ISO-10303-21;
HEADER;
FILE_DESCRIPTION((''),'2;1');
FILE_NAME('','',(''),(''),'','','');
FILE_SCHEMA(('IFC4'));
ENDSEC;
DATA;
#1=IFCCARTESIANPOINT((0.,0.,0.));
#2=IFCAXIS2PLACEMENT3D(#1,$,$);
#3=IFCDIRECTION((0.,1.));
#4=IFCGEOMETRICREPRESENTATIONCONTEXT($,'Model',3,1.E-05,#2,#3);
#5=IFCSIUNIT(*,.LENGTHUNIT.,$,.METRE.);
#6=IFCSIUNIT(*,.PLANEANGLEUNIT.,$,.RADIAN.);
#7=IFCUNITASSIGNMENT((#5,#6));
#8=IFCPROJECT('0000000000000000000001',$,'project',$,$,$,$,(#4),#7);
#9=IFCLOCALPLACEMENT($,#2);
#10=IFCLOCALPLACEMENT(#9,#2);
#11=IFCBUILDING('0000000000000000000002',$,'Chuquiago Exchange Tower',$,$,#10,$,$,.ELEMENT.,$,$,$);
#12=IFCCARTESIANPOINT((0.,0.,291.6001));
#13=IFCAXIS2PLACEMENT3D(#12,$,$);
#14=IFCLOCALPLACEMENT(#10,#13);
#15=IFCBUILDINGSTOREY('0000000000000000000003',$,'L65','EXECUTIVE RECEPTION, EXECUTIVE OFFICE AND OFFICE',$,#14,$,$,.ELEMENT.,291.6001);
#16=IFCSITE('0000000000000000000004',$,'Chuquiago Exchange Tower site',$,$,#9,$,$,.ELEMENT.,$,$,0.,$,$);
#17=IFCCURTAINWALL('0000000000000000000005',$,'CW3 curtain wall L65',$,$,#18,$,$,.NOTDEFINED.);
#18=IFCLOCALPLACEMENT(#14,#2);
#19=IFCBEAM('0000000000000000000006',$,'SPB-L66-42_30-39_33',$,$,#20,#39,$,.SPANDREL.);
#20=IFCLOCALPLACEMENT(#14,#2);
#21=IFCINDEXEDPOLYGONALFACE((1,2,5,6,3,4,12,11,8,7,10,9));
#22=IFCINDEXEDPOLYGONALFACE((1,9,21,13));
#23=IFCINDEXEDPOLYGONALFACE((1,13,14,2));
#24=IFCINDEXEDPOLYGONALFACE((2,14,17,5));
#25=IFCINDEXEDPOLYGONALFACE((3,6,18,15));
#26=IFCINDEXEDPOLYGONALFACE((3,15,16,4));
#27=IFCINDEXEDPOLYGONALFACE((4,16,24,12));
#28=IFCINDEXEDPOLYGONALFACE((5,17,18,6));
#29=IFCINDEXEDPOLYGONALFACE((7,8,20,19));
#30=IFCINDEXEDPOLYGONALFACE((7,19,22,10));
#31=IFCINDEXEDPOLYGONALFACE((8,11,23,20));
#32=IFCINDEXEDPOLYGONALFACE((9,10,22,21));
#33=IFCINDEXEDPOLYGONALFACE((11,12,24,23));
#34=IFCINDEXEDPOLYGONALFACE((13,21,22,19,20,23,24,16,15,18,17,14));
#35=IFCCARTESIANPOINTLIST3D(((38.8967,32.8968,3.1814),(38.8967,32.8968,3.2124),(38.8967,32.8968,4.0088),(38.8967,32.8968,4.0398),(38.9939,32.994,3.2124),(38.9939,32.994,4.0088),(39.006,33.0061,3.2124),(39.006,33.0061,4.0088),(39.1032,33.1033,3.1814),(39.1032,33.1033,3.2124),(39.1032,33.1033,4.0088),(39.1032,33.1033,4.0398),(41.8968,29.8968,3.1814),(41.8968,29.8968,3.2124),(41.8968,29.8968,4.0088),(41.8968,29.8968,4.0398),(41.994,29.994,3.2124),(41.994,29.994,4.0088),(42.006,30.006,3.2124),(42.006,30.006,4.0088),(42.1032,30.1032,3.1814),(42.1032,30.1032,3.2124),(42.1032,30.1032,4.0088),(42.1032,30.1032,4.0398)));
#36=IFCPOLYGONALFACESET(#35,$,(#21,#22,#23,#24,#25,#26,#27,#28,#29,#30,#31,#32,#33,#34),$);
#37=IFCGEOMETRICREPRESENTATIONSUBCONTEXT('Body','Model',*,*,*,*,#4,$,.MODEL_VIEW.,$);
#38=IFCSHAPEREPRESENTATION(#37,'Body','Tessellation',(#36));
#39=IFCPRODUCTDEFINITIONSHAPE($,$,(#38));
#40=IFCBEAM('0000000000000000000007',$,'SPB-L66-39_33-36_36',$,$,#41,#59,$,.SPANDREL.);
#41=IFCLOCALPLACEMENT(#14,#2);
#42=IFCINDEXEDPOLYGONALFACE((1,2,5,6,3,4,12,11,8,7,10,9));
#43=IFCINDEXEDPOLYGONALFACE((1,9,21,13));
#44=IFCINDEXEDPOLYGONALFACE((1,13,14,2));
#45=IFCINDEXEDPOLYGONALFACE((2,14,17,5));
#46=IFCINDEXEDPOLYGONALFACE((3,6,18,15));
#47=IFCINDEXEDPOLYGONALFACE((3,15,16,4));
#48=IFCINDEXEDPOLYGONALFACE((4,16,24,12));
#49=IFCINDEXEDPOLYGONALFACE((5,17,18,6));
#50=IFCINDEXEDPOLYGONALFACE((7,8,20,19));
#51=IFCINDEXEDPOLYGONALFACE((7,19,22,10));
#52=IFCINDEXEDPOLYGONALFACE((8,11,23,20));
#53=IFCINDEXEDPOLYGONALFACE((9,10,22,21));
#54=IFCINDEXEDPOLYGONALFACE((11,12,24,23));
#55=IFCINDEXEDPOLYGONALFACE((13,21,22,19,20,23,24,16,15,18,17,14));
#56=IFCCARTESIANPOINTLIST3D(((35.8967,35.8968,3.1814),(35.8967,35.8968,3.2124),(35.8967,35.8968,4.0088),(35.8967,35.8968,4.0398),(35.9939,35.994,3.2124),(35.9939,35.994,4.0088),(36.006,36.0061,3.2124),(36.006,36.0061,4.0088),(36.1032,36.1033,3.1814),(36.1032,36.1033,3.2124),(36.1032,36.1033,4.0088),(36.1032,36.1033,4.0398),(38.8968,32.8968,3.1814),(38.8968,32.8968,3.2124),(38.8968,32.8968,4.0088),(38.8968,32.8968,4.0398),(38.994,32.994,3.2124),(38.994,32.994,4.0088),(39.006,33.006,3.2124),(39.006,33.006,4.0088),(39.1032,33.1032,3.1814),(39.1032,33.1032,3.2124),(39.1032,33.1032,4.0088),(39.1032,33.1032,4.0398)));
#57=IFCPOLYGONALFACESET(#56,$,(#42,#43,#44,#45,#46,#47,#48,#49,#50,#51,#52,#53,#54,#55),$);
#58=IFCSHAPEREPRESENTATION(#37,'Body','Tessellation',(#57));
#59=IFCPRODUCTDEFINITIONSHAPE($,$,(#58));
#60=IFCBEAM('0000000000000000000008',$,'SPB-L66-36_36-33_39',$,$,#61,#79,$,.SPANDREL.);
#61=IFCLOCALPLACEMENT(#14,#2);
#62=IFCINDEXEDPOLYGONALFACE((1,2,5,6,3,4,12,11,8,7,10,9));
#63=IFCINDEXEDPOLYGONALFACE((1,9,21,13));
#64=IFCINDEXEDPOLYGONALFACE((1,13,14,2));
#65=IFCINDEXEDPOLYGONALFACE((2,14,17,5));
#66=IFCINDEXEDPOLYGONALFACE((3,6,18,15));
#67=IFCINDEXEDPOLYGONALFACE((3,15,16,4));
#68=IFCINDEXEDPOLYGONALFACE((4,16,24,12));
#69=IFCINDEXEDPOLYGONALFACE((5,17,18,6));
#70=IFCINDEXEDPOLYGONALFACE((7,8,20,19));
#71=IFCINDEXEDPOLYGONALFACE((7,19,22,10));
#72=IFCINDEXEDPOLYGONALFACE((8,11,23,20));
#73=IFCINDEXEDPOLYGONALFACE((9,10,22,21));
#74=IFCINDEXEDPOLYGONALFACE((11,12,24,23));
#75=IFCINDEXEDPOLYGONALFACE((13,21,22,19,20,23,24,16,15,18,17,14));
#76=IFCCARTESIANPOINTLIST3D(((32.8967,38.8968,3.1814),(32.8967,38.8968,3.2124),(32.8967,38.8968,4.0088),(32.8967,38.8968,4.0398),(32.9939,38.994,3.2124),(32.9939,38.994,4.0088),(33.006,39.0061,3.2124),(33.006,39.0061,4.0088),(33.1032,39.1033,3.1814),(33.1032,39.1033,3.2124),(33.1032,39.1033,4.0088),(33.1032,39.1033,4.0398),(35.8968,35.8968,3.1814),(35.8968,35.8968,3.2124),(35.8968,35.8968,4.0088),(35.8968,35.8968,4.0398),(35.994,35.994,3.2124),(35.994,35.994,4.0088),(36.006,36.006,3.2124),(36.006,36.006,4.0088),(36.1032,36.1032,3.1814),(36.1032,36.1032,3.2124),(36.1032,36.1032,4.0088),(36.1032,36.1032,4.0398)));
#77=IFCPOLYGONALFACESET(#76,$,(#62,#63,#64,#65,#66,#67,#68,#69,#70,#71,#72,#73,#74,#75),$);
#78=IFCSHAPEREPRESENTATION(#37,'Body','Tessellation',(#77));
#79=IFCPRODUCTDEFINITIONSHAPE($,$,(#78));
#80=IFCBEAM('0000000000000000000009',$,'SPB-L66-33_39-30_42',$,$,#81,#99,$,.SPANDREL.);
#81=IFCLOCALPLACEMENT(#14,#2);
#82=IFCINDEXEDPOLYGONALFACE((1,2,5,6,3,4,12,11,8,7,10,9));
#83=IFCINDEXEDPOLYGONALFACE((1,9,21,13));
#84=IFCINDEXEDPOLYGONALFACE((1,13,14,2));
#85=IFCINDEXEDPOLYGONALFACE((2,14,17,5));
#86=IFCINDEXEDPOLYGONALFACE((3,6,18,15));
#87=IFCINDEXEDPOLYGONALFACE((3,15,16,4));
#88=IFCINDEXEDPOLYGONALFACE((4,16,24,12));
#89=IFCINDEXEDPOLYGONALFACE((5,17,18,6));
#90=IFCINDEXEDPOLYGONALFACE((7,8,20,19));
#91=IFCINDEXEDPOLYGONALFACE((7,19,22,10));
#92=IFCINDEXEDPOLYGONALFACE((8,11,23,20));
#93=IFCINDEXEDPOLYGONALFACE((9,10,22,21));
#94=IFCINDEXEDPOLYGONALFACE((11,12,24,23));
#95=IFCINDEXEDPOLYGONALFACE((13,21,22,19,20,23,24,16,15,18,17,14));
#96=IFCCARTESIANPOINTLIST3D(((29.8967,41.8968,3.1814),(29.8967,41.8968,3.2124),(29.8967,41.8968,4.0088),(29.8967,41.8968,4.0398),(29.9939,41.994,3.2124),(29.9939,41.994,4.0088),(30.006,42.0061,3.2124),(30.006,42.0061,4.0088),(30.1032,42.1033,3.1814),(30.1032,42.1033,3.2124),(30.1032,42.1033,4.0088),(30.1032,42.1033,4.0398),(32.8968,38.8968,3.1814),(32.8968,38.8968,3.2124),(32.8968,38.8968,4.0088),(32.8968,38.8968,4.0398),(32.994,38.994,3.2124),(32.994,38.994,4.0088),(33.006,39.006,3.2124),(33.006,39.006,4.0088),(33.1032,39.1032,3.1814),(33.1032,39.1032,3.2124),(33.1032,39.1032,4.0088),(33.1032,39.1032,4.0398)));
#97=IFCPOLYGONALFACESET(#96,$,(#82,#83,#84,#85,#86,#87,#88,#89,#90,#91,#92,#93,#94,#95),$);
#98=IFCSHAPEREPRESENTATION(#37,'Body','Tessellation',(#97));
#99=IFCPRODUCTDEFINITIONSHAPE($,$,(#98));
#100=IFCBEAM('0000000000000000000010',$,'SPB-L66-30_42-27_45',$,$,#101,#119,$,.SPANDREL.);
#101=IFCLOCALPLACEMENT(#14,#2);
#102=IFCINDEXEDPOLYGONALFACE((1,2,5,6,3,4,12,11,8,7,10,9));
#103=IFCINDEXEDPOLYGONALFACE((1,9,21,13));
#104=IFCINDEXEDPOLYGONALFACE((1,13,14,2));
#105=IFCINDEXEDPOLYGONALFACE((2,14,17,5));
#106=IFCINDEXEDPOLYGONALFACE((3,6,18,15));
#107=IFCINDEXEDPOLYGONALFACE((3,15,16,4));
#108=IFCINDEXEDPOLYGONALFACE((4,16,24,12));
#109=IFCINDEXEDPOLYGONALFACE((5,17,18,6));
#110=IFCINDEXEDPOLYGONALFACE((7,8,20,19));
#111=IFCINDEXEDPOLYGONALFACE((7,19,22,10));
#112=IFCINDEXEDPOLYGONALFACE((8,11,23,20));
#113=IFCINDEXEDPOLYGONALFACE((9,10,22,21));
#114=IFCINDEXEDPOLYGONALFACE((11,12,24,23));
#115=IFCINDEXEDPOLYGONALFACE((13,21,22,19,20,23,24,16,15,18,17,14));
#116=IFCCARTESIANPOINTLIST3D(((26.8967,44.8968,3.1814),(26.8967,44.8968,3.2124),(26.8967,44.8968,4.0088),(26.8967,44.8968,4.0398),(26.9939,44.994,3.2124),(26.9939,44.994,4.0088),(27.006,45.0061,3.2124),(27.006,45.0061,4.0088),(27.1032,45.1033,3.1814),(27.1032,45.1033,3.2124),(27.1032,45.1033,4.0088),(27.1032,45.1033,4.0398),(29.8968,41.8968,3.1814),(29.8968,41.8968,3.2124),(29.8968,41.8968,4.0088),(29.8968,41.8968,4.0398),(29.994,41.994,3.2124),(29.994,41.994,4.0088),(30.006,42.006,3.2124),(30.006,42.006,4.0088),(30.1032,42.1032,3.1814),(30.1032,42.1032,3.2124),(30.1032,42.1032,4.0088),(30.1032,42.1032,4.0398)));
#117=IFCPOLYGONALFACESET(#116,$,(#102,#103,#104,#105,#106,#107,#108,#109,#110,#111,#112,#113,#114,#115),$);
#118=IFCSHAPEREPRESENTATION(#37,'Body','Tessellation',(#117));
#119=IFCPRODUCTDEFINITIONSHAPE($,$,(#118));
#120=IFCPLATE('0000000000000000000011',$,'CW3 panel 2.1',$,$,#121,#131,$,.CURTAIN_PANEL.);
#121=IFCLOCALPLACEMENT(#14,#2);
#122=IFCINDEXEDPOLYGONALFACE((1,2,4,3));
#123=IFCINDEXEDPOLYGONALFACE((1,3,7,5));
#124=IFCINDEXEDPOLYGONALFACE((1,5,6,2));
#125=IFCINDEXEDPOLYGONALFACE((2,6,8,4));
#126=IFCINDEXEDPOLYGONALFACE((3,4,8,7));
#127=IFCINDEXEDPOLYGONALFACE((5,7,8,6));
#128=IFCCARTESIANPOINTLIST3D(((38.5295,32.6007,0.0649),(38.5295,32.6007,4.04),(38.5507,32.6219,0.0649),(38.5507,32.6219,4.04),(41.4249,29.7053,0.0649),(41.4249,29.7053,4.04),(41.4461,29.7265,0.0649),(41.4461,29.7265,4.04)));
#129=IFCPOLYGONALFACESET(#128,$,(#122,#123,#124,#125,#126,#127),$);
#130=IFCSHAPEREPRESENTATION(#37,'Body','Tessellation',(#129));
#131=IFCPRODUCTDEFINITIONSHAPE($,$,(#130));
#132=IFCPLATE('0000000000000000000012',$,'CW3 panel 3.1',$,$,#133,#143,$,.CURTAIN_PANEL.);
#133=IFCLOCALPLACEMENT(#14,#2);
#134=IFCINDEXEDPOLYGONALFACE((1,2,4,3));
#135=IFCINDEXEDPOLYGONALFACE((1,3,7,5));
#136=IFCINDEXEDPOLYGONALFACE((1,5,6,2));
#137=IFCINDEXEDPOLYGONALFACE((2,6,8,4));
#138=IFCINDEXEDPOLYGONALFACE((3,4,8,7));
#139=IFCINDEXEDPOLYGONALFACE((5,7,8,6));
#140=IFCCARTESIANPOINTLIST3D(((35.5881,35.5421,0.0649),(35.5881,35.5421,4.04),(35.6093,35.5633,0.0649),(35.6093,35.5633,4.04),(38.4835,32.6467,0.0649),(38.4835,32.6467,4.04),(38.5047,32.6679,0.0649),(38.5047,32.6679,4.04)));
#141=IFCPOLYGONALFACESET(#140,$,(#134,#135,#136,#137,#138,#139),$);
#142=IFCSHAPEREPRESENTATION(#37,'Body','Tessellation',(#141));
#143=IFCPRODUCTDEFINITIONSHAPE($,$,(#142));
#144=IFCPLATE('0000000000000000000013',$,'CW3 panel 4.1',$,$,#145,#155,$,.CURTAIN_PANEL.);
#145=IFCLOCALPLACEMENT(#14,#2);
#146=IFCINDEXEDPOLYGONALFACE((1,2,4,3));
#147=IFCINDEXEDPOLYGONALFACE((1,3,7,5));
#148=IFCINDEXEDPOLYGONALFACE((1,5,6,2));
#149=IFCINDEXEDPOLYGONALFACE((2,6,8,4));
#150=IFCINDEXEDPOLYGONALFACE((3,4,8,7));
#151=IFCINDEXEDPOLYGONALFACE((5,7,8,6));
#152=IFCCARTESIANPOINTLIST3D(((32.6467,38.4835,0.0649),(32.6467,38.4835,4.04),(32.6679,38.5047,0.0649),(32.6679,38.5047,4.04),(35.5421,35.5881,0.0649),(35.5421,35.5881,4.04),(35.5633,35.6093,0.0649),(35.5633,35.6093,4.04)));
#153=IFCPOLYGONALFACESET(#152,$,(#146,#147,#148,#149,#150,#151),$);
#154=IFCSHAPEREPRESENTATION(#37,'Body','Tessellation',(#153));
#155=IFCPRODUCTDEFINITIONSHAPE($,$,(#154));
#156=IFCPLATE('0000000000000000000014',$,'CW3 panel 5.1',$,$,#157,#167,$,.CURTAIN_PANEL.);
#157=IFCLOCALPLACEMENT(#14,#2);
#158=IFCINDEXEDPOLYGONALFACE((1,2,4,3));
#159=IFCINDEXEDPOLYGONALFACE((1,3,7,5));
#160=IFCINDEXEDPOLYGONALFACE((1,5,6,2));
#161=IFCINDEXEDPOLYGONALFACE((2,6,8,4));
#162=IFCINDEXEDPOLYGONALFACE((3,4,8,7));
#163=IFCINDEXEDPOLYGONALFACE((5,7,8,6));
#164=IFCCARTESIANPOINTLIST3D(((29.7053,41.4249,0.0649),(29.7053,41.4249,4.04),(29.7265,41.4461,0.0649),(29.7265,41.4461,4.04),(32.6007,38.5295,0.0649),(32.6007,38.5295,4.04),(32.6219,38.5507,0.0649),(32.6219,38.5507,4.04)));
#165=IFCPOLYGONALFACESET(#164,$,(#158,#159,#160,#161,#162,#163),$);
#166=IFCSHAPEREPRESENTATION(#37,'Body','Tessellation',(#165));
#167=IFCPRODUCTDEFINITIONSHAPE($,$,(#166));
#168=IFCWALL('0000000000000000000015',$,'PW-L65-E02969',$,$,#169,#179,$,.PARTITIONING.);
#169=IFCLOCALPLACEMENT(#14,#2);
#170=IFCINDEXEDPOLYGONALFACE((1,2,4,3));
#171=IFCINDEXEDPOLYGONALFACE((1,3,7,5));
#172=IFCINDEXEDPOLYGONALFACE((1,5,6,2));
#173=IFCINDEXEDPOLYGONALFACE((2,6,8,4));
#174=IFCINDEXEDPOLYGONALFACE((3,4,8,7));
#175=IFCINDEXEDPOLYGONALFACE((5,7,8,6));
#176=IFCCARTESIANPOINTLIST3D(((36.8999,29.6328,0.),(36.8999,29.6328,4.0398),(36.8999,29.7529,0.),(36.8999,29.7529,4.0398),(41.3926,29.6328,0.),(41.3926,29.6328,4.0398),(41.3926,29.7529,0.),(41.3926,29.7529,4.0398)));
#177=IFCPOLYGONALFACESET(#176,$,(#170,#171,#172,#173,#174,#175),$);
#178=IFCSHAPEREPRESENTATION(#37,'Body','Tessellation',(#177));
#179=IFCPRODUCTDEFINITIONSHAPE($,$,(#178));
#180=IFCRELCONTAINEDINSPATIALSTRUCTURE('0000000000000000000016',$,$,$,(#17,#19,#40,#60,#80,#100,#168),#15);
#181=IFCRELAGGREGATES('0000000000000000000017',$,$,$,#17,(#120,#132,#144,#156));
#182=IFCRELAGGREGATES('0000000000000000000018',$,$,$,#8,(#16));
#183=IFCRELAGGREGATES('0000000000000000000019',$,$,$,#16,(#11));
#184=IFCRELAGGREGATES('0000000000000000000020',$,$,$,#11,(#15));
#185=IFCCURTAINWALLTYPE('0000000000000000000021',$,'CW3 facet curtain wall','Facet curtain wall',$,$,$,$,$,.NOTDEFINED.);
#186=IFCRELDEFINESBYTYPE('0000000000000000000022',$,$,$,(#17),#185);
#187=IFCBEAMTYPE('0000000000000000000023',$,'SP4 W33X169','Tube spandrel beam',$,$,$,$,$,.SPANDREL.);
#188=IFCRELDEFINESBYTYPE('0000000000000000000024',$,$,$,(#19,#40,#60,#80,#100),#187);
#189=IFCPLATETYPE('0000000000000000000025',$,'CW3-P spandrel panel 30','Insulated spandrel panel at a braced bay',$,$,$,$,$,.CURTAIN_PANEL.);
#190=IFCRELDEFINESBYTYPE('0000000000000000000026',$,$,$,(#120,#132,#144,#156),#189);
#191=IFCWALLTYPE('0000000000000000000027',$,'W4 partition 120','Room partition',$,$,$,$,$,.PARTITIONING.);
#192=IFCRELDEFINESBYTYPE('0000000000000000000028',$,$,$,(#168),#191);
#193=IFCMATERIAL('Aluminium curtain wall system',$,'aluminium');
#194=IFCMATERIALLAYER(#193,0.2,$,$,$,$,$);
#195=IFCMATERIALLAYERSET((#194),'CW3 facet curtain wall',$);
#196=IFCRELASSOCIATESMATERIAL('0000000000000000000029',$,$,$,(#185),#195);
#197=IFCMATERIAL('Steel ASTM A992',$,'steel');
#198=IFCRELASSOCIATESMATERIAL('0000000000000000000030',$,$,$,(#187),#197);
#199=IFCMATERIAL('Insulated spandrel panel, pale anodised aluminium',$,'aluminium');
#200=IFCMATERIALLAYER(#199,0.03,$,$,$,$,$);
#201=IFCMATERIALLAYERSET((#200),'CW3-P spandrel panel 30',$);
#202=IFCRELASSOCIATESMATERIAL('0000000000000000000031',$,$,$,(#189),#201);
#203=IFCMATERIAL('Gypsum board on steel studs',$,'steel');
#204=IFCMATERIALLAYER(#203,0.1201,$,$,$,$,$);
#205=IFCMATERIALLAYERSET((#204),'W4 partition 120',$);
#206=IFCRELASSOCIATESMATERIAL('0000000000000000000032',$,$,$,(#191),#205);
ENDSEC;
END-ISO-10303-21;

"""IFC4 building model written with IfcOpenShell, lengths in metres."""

from ifc_helpers import new_model, si_unit, direction, frame, frame_2d, origin, origin_2d, place, context, subcontext, project, spatial, rectangle, i_section, extrude, material, layer, layer_set, material_profile, profile_set, type_object, element, aggregate, save


model = new_model("IFC4")

# Units and contexts
model_context = context("Model", 3, precision=1e-05, world=origin(), true_north=direction((0.0, 1.0)))
body_context = subcontext(model_context, "Body", "Model", "MODEL_VIEW")
ifc_project = project(units=[si_unit("LENGTHUNIT", "METRE"), si_unit("PLANEANGLEUNIT", "RADIAN")], contexts=[model_context])

# Site, building, storey
site_placement = place(None, origin())
site = spatial("IfcSite", under=ifc_project, at=site_placement, Name="Chuquiago Exchange Tower site", CompositionType="ELEMENT", RefElevation=0.0)
building_placement = place(site_placement, origin())
building = spatial("IfcBuilding", under=site, at=building_placement, Name="Chuquiago Exchange Tower", CompositionType="ELEMENT")
storey_placement = place(building_placement, frame((0.0, 0.0, 291.6001)))
storey = spatial("IfcBuildingStorey", under=building, at=storey_placement, Name="L65", Description="EXECUTIVE RECEPTION, EXECUTIVE OFFICE AND OFFICE", CompositionType="ELEMENT", Elevation=291.6001)

# Curtain wall
ifc_material_1 = material(Name="Aluminium curtain wall system", Category="aluminium")
ifc_layer_1 = layer(ifc_material_1, 0.2)
ifc_layer_set_1 = layer_set([ifc_layer_1], Name="CW3 facet curtain wall")
curtain_wall_type = type_object("IfcCurtainWallType", Name="CW3 facet curtain wall", Description="Facet curtain wall", PredefinedType="NOTDEFINED", material=ifc_layer_set_1)
curtain_wall_placement = place(storey_placement, origin())
curtain_wall = element("IfcCurtainWall", 1, at=curtain_wall_placement, inside=storey, type_object=curtain_wall_type, Name="CW3 curtain wall L65", PredefinedType="NOTDEFINED")

# Beams
ifc_material_2 = material(Name="Steel ASTM A992", Category="steel")
ifc_material_profile_1 = material_profile(ifc_material_2, i_section(OverallWidth=0.292, OverallDepth=0.8584, WebThickness=0.0171, FlangeThickness=0.031, at=origin_2d()), Name="W33X169")
ifc_profile_set_1 = profile_set([ifc_material_profile_1], Name="Steel ASTM A992")
beam_type_1 = type_object("IfcBeamType", Name="SP4 W33X169", Description="Tube spandrel beam", PredefinedType="SPANDREL", material=ifc_profile_set_1)
for number, where, z_axis, x_axis, name in (
    (2, (42.0, 30.0, 3.6106), (-0.707107, 0.707107, 0.0), (-0.707107, -0.707107, 0.0), "SPB-L66-42_30-39_33"),
    (3, (39.0, 33.0, 3.6106), (-0.707107, 0.707107, 0.0), (-0.707107, -0.707107, 0.0), "SPB-L66-39_33-36_36"),
    (4, (36.0, 36.0, 3.6106), (-0.707107, 0.707107, 0.0), (-0.707107, -0.707107, 0.0), "SPB-L66-36_36-33_39"),
    (5, (33.0, 39.0, 3.6106), (-0.707107, 0.707107, 0.0), (-0.707107, -0.707107, 0.0), "SPB-L66-33_39-30_42"),
    (6, (30.0, 42.0, 3.6106), (-0.707107, 0.707107, 0.0), (-0.707107, -0.707107, 0.0), "SPB-L66-30_42-27_45"),
):
    element("IfcBeam", number, at=place(storey_placement, frame(where, z_axis=z_axis, x_axis=x_axis)), inside=storey, type_object=beam_type_1, Name=name, PredefinedType="SPANDREL", context=body_context, shape_type="SweptSolid", body=[
        extrude(i_section(OverallWidth=0.292, OverallDepth=0.8584, WebThickness=0.0171, FlangeThickness=0.031, at=origin_2d()), origin(), (0.0, 0.0, 1.0), 4.2427),
    ])

# Plates
ifc_material_3 = material(Name="Insulated spandrel panel, pale anodised aluminium", Category="aluminium")
ifc_layer_2 = layer(ifc_material_3, 0.03)
ifc_layer_set_2 = layer_set([ifc_layer_2], Name="CW3-P spandrel panel 30")
plate_type = type_object("IfcPlateType", Name="CW3-P spandrel panel 30", Description="Insulated spandrel panel at a braced bay", PredefinedType="CURTAIN_PANEL", material=ifc_layer_set_2)
plate_1_placement = place(storey_placement, frame((39.9878, 31.1636, 0.0649), z_axis=(0.0, 0.0, 1.0), x_axis=(-0.707107, 0.707107, 0.0)))
plate_1 = element("IfcPlate", 7, at=plate_1_placement, type_object=plate_type, Name="CW3 panel 2.1", PredefinedType="CURTAIN_PANEL", context=body_context, shape_type="SweptSolid", body=[
    extrude(rectangle(XDim=4.0947, YDim=0.03, at=origin_2d()), origin(), (0.0, 0.0, 1.0), 3.9751),
])
plate_2_placement = place(storey_placement, frame((37.0464, 34.105, 0.0649), z_axis=(0.0, 0.0, 1.0), x_axis=(-0.707107, 0.707107, 0.0)))
plate_2 = element("IfcPlate", 8, at=plate_2_placement, type_object=plate_type, Name="CW3 panel 3.1", PredefinedType="CURTAIN_PANEL", context=body_context, shape_type="SweptSolid", body=[
    extrude(rectangle(XDim=4.0947, YDim=0.03, at=origin_2d()), origin(), (0.0, 0.0, 1.0), 3.9751),
])
plate_3_placement = place(storey_placement, frame((34.105, 37.0464, 0.0649), z_axis=(0.0, 0.0, 1.0), x_axis=(-0.707107, 0.707107, 0.0)))
plate_3 = element("IfcPlate", 9, at=plate_3_placement, type_object=plate_type, Name="CW3 panel 4.1", PredefinedType="CURTAIN_PANEL", context=body_context, shape_type="SweptSolid", body=[
    extrude(rectangle(XDim=4.0947, YDim=0.03, at=origin_2d()), origin(), (0.0, 0.0, 1.0), 3.9751),
])
plate_4_placement = place(storey_placement, frame((31.1636, 39.9878, 0.0649), z_axis=(0.0, 0.0, 1.0), x_axis=(-0.707107, 0.707107, 0.0)))
plate_4 = element("IfcPlate", 10, at=plate_4_placement, type_object=plate_type, Name="CW3 panel 5.1", PredefinedType="CURTAIN_PANEL", context=body_context, shape_type="SweptSolid", body=[
    extrude(rectangle(XDim=4.0947, YDim=0.03, at=origin_2d()), origin(), (0.0, 0.0, 1.0), 3.9751),
])
aggregate(curtain_wall, [plate_1, plate_2, plate_3, plate_4])

# Wall
ifc_material_4 = material(Name="Gypsum board on steel studs", Category="steel")
ifc_layer_3 = layer(ifc_material_4, 0.1201)
ifc_layer_set_3 = layer_set([ifc_layer_3], Name="W4 partition 120")
wall_type = type_object("IfcWallType", Name="W4 partition 120", Description="Room partition", PredefinedType="PARTITIONING", material=ifc_layer_set_3)
wall_placement = place(storey_placement, frame((41.3926, 29.6929, 0.0), z_axis=(0.0, 0.0, 1.0), x_axis=(-1.0, 0.0, 0.0)))
element("IfcWall", 11, at=wall_placement, inside=storey, type_object=wall_type, Name="PW-L65-E02969", PredefinedType="PARTITIONING", context=body_context, shape_type="SweptSolid", body=[
    extrude(rectangle(XDim=4.4927, YDim=0.1201, at=frame_2d((2.2463, 0.0))), origin(), (0.0, 0.0, 1.0), 4.0398),
])

save(model, "model.ifc")
